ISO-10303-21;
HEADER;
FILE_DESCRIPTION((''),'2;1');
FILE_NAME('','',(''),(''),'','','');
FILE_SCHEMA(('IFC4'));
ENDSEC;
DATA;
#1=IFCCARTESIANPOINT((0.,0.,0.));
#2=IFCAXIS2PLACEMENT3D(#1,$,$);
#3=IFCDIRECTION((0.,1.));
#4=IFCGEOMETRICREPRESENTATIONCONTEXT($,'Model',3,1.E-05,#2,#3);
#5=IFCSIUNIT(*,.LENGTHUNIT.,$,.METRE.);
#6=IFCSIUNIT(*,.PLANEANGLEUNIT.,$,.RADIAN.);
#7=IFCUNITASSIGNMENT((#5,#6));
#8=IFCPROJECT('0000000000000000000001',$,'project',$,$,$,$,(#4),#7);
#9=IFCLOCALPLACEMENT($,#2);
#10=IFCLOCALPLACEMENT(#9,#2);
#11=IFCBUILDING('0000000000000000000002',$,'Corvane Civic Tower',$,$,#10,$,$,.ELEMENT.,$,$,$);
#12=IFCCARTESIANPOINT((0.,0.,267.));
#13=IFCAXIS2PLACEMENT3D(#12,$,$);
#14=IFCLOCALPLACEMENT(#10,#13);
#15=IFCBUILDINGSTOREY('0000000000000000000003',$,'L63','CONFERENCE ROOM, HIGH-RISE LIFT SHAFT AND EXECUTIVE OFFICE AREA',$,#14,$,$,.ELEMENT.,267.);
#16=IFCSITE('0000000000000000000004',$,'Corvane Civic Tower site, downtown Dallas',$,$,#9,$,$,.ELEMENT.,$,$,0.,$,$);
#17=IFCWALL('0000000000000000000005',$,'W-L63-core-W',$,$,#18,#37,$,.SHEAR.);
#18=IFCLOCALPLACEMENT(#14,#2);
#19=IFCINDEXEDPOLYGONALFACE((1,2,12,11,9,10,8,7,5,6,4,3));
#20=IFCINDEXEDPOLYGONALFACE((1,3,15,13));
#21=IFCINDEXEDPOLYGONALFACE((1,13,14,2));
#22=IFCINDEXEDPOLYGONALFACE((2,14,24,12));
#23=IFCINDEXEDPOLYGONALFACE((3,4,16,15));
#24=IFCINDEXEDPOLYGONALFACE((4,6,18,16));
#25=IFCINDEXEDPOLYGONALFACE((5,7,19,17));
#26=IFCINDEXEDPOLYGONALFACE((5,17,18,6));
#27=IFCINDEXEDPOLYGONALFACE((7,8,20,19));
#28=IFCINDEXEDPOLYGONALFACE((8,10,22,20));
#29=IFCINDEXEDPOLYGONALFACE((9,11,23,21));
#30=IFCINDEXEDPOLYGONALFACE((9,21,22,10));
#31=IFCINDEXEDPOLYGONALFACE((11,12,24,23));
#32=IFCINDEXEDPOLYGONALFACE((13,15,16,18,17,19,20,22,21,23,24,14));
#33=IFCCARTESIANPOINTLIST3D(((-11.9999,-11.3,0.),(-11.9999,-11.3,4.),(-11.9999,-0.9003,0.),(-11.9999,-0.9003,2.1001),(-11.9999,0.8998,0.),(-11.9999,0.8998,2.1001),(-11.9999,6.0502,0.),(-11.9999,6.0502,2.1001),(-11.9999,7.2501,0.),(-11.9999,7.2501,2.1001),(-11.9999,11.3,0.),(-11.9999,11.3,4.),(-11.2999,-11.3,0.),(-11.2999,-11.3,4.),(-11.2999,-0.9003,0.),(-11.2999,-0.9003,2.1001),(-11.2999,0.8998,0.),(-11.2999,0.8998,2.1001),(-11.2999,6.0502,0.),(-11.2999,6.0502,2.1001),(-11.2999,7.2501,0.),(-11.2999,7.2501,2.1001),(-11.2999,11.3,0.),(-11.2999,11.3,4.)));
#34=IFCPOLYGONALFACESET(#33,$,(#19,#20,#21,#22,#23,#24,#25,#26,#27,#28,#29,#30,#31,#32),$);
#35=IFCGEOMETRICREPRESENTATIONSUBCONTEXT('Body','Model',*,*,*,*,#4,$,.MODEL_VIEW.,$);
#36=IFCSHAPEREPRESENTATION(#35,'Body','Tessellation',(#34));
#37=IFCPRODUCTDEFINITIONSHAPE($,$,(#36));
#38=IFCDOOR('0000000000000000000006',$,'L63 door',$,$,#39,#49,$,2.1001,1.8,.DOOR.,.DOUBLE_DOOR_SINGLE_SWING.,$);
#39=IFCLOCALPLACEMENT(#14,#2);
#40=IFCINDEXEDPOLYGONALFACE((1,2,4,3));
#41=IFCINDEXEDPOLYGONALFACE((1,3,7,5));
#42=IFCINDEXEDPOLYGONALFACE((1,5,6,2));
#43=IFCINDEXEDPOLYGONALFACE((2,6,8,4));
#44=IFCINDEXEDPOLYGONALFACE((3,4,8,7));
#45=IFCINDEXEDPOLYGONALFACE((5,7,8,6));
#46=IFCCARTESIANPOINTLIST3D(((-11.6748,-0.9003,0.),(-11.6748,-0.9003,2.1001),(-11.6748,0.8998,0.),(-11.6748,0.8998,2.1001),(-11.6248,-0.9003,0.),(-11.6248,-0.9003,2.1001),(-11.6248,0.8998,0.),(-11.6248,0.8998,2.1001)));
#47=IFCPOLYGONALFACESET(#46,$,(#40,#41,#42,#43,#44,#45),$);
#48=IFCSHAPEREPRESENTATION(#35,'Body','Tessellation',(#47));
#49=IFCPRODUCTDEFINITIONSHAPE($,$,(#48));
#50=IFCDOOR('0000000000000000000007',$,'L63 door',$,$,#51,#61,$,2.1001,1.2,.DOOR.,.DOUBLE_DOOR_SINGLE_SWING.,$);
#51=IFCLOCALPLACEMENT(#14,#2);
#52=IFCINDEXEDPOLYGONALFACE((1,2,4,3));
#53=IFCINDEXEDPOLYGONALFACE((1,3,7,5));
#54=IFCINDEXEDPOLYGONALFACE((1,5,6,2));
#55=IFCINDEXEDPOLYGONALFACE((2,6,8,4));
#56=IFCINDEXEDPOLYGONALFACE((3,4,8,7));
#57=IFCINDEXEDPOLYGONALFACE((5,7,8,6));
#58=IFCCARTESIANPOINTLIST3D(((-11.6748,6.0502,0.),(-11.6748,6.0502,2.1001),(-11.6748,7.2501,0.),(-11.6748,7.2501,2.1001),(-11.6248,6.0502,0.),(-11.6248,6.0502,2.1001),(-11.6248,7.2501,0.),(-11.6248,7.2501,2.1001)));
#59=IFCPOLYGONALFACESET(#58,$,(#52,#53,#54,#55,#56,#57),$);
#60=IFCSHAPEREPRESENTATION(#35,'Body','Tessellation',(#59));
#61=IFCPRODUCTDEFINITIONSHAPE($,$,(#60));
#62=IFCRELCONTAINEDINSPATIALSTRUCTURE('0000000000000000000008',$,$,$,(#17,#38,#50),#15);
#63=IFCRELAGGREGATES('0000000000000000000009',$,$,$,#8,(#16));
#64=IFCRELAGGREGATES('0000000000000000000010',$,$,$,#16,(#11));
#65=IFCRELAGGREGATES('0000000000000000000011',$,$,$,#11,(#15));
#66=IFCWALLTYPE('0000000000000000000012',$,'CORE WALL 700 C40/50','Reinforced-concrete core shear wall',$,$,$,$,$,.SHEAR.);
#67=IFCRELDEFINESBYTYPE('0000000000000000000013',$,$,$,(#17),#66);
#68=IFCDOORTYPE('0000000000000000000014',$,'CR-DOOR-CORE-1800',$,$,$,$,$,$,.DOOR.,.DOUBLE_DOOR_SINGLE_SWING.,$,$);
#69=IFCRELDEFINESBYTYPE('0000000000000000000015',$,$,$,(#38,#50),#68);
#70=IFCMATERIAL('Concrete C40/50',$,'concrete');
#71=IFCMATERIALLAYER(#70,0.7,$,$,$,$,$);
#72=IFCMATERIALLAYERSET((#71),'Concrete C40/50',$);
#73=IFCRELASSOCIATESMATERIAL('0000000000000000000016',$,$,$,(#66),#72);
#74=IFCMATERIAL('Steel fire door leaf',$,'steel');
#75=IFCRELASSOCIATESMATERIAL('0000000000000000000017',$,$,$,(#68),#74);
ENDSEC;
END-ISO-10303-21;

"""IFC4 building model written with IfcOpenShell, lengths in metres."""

from ifc_helpers import new_model, si_unit, direction, frame, frame_2d, origin, place, context, subcontext, project, spatial, rectangle, extrude, material, layer, layer_set, type_object, element, fill, save


model = new_model("IFC4")

# Units and contexts
model_context = context("Model", 3, precision=1e-05, world=origin(), true_north=direction((0.0, 1.0)))
body_context = subcontext(model_context, "Body", "Model", "MODEL_VIEW")
ifc_project = project(units=[si_unit("LENGTHUNIT", "METRE"), si_unit("PLANEANGLEUNIT", "RADIAN")], contexts=[model_context])

# Site, building, storey
site_placement = place(None, origin())
site = spatial("IfcSite", under=ifc_project, at=site_placement, Name="Corvane Civic Tower site, downtown Dallas", CompositionType="ELEMENT", RefElevation=0.0)
building_placement = place(site_placement, origin())
building = spatial("IfcBuilding", under=site, at=building_placement, Name="Corvane Civic Tower", CompositionType="ELEMENT")
storey_placement = place(building_placement, frame((0.0, 0.0, 267.0)))
storey = spatial("IfcBuildingStorey", under=building, at=storey_placement, Name="L63", Description="CONFERENCE ROOM, HIGH-RISE LIFT SHAFT AND EXECUTIVE OFFICE AREA", CompositionType="ELEMENT", Elevation=267.0)

# Shared definitions
ifc_material_1 = material(Name="Concrete C40/50", Category="concrete")
ifc_layer_1 = layer(ifc_material_1, 0.7)
ifc_layer_set_1 = layer_set([ifc_layer_1], Name="Concrete C40/50")
wall_type = type_object("IfcWallType", Name="CORE WALL 700 C40/50", Description="Reinforced-concrete core shear wall", PredefinedType="SHEAR", material=ifc_layer_set_1)

# Wall, openings, doors
wall_1_placement = place(storey_placement, frame((-11.6499, -11.3, 0.0), z_axis=(0.0, 0.0, 1.0), x_axis=(0.0, 1.0, 0.0)))
wall_1 = element("IfcWall", 1, at=wall_1_placement, inside=storey, type_object=wall_type, Name="W-L63-core-W", PredefinedType="SHEAR", context=body_context, shape_type="SweptSolid", body=[
    extrude(rectangle(XDim=22.6001, YDim=0.7, at=frame_2d((11.3, 0.0))), origin(), (0.0, 0.0, 1.0), 4.0),
])
opening_1_placement = place(wall_1_placement, frame((10.3999, 0.0, 0.0)))
opening_1 = element("IfcOpeningElement", 2, at=opening_1_placement, cuts=wall_1, PredefinedType="OPENING", context=body_context, shape_type="SweptSolid", body=[
    extrude(rectangle(XDim=1.8, YDim=2.1001, at=frame_2d((0.8999, 1.05))), frame((0.0, 0.3599, 0.0), z_axis=(0.0, -1.0, 0.0), x_axis=(1.0, 0.0, 0.0)), (0.0, 0.0, 1.0), 0.72),
])
opening_2_placement = place(wall_1_placement, frame((17.3501, 0.0, 0.0)))
opening_2 = element("IfcOpeningElement", 3, at=opening_2_placement, cuts=wall_1, PredefinedType="OPENING", context=body_context, shape_type="SweptSolid", body=[
    extrude(rectangle(XDim=1.2, YDim=2.1001, at=frame_2d((0.6001, 1.05))), frame((0.0, 0.3599, 0.0), z_axis=(0.0, -1.0, 0.0), x_axis=(1.0, 0.0, 0.0)), (0.0, 0.0, 1.0), 0.72),
])
ifc_material_2 = material(Name="Steel fire door leaf", Category="steel")
door_type = type_object("IfcDoorType", Name="CR-DOOR-CORE-1800", OperationType="DOUBLE_DOOR_SINGLE_SWING", PredefinedType="DOOR", material=ifc_material_2)
door_1_placement = place(opening_1_placement, origin())
door_1 = element("IfcDoor", 4, at=door_1_placement, inside=storey, type_object=door_type, Name="L63 door", OperationType="DOUBLE_DOOR_SINGLE_SWING", OverallHeight=2.1001, OverallWidth=1.8, PredefinedType="DOOR", context=body_context, shape_type="SweptSolid", body=[
    extrude(rectangle(XDim=1.8, YDim=2.1001, at=frame_2d((0.8999, 1.05))), frame((0.0, 0.0249, 0.0), z_axis=(0.0, -1.0, 0.0), x_axis=(1.0, 0.0, 0.0)), (0.0, 0.0, 1.0), 0.05),
])
fill(opening_1, door_1)
door_2_placement = place(opening_2_placement, origin())
door_2 = element("IfcDoor", 5, at=door_2_placement, inside=storey, type_object=door_type, Name="L63 door", OperationType="DOUBLE_DOOR_SINGLE_SWING", OverallHeight=2.1001, OverallWidth=1.2, PredefinedType="DOOR", context=body_context, shape_type="SweptSolid", body=[
    extrude(rectangle(XDim=1.2, YDim=2.1001, at=frame_2d((0.6001, 1.05))), frame((0.0, 0.0249, 0.0), z_axis=(0.0, -1.0, 0.0), x_axis=(1.0, 0.0, 0.0)), (0.0, 0.0, 1.0), 0.05),
])
fill(opening_2, door_2)

save(model, "model.ifc")
